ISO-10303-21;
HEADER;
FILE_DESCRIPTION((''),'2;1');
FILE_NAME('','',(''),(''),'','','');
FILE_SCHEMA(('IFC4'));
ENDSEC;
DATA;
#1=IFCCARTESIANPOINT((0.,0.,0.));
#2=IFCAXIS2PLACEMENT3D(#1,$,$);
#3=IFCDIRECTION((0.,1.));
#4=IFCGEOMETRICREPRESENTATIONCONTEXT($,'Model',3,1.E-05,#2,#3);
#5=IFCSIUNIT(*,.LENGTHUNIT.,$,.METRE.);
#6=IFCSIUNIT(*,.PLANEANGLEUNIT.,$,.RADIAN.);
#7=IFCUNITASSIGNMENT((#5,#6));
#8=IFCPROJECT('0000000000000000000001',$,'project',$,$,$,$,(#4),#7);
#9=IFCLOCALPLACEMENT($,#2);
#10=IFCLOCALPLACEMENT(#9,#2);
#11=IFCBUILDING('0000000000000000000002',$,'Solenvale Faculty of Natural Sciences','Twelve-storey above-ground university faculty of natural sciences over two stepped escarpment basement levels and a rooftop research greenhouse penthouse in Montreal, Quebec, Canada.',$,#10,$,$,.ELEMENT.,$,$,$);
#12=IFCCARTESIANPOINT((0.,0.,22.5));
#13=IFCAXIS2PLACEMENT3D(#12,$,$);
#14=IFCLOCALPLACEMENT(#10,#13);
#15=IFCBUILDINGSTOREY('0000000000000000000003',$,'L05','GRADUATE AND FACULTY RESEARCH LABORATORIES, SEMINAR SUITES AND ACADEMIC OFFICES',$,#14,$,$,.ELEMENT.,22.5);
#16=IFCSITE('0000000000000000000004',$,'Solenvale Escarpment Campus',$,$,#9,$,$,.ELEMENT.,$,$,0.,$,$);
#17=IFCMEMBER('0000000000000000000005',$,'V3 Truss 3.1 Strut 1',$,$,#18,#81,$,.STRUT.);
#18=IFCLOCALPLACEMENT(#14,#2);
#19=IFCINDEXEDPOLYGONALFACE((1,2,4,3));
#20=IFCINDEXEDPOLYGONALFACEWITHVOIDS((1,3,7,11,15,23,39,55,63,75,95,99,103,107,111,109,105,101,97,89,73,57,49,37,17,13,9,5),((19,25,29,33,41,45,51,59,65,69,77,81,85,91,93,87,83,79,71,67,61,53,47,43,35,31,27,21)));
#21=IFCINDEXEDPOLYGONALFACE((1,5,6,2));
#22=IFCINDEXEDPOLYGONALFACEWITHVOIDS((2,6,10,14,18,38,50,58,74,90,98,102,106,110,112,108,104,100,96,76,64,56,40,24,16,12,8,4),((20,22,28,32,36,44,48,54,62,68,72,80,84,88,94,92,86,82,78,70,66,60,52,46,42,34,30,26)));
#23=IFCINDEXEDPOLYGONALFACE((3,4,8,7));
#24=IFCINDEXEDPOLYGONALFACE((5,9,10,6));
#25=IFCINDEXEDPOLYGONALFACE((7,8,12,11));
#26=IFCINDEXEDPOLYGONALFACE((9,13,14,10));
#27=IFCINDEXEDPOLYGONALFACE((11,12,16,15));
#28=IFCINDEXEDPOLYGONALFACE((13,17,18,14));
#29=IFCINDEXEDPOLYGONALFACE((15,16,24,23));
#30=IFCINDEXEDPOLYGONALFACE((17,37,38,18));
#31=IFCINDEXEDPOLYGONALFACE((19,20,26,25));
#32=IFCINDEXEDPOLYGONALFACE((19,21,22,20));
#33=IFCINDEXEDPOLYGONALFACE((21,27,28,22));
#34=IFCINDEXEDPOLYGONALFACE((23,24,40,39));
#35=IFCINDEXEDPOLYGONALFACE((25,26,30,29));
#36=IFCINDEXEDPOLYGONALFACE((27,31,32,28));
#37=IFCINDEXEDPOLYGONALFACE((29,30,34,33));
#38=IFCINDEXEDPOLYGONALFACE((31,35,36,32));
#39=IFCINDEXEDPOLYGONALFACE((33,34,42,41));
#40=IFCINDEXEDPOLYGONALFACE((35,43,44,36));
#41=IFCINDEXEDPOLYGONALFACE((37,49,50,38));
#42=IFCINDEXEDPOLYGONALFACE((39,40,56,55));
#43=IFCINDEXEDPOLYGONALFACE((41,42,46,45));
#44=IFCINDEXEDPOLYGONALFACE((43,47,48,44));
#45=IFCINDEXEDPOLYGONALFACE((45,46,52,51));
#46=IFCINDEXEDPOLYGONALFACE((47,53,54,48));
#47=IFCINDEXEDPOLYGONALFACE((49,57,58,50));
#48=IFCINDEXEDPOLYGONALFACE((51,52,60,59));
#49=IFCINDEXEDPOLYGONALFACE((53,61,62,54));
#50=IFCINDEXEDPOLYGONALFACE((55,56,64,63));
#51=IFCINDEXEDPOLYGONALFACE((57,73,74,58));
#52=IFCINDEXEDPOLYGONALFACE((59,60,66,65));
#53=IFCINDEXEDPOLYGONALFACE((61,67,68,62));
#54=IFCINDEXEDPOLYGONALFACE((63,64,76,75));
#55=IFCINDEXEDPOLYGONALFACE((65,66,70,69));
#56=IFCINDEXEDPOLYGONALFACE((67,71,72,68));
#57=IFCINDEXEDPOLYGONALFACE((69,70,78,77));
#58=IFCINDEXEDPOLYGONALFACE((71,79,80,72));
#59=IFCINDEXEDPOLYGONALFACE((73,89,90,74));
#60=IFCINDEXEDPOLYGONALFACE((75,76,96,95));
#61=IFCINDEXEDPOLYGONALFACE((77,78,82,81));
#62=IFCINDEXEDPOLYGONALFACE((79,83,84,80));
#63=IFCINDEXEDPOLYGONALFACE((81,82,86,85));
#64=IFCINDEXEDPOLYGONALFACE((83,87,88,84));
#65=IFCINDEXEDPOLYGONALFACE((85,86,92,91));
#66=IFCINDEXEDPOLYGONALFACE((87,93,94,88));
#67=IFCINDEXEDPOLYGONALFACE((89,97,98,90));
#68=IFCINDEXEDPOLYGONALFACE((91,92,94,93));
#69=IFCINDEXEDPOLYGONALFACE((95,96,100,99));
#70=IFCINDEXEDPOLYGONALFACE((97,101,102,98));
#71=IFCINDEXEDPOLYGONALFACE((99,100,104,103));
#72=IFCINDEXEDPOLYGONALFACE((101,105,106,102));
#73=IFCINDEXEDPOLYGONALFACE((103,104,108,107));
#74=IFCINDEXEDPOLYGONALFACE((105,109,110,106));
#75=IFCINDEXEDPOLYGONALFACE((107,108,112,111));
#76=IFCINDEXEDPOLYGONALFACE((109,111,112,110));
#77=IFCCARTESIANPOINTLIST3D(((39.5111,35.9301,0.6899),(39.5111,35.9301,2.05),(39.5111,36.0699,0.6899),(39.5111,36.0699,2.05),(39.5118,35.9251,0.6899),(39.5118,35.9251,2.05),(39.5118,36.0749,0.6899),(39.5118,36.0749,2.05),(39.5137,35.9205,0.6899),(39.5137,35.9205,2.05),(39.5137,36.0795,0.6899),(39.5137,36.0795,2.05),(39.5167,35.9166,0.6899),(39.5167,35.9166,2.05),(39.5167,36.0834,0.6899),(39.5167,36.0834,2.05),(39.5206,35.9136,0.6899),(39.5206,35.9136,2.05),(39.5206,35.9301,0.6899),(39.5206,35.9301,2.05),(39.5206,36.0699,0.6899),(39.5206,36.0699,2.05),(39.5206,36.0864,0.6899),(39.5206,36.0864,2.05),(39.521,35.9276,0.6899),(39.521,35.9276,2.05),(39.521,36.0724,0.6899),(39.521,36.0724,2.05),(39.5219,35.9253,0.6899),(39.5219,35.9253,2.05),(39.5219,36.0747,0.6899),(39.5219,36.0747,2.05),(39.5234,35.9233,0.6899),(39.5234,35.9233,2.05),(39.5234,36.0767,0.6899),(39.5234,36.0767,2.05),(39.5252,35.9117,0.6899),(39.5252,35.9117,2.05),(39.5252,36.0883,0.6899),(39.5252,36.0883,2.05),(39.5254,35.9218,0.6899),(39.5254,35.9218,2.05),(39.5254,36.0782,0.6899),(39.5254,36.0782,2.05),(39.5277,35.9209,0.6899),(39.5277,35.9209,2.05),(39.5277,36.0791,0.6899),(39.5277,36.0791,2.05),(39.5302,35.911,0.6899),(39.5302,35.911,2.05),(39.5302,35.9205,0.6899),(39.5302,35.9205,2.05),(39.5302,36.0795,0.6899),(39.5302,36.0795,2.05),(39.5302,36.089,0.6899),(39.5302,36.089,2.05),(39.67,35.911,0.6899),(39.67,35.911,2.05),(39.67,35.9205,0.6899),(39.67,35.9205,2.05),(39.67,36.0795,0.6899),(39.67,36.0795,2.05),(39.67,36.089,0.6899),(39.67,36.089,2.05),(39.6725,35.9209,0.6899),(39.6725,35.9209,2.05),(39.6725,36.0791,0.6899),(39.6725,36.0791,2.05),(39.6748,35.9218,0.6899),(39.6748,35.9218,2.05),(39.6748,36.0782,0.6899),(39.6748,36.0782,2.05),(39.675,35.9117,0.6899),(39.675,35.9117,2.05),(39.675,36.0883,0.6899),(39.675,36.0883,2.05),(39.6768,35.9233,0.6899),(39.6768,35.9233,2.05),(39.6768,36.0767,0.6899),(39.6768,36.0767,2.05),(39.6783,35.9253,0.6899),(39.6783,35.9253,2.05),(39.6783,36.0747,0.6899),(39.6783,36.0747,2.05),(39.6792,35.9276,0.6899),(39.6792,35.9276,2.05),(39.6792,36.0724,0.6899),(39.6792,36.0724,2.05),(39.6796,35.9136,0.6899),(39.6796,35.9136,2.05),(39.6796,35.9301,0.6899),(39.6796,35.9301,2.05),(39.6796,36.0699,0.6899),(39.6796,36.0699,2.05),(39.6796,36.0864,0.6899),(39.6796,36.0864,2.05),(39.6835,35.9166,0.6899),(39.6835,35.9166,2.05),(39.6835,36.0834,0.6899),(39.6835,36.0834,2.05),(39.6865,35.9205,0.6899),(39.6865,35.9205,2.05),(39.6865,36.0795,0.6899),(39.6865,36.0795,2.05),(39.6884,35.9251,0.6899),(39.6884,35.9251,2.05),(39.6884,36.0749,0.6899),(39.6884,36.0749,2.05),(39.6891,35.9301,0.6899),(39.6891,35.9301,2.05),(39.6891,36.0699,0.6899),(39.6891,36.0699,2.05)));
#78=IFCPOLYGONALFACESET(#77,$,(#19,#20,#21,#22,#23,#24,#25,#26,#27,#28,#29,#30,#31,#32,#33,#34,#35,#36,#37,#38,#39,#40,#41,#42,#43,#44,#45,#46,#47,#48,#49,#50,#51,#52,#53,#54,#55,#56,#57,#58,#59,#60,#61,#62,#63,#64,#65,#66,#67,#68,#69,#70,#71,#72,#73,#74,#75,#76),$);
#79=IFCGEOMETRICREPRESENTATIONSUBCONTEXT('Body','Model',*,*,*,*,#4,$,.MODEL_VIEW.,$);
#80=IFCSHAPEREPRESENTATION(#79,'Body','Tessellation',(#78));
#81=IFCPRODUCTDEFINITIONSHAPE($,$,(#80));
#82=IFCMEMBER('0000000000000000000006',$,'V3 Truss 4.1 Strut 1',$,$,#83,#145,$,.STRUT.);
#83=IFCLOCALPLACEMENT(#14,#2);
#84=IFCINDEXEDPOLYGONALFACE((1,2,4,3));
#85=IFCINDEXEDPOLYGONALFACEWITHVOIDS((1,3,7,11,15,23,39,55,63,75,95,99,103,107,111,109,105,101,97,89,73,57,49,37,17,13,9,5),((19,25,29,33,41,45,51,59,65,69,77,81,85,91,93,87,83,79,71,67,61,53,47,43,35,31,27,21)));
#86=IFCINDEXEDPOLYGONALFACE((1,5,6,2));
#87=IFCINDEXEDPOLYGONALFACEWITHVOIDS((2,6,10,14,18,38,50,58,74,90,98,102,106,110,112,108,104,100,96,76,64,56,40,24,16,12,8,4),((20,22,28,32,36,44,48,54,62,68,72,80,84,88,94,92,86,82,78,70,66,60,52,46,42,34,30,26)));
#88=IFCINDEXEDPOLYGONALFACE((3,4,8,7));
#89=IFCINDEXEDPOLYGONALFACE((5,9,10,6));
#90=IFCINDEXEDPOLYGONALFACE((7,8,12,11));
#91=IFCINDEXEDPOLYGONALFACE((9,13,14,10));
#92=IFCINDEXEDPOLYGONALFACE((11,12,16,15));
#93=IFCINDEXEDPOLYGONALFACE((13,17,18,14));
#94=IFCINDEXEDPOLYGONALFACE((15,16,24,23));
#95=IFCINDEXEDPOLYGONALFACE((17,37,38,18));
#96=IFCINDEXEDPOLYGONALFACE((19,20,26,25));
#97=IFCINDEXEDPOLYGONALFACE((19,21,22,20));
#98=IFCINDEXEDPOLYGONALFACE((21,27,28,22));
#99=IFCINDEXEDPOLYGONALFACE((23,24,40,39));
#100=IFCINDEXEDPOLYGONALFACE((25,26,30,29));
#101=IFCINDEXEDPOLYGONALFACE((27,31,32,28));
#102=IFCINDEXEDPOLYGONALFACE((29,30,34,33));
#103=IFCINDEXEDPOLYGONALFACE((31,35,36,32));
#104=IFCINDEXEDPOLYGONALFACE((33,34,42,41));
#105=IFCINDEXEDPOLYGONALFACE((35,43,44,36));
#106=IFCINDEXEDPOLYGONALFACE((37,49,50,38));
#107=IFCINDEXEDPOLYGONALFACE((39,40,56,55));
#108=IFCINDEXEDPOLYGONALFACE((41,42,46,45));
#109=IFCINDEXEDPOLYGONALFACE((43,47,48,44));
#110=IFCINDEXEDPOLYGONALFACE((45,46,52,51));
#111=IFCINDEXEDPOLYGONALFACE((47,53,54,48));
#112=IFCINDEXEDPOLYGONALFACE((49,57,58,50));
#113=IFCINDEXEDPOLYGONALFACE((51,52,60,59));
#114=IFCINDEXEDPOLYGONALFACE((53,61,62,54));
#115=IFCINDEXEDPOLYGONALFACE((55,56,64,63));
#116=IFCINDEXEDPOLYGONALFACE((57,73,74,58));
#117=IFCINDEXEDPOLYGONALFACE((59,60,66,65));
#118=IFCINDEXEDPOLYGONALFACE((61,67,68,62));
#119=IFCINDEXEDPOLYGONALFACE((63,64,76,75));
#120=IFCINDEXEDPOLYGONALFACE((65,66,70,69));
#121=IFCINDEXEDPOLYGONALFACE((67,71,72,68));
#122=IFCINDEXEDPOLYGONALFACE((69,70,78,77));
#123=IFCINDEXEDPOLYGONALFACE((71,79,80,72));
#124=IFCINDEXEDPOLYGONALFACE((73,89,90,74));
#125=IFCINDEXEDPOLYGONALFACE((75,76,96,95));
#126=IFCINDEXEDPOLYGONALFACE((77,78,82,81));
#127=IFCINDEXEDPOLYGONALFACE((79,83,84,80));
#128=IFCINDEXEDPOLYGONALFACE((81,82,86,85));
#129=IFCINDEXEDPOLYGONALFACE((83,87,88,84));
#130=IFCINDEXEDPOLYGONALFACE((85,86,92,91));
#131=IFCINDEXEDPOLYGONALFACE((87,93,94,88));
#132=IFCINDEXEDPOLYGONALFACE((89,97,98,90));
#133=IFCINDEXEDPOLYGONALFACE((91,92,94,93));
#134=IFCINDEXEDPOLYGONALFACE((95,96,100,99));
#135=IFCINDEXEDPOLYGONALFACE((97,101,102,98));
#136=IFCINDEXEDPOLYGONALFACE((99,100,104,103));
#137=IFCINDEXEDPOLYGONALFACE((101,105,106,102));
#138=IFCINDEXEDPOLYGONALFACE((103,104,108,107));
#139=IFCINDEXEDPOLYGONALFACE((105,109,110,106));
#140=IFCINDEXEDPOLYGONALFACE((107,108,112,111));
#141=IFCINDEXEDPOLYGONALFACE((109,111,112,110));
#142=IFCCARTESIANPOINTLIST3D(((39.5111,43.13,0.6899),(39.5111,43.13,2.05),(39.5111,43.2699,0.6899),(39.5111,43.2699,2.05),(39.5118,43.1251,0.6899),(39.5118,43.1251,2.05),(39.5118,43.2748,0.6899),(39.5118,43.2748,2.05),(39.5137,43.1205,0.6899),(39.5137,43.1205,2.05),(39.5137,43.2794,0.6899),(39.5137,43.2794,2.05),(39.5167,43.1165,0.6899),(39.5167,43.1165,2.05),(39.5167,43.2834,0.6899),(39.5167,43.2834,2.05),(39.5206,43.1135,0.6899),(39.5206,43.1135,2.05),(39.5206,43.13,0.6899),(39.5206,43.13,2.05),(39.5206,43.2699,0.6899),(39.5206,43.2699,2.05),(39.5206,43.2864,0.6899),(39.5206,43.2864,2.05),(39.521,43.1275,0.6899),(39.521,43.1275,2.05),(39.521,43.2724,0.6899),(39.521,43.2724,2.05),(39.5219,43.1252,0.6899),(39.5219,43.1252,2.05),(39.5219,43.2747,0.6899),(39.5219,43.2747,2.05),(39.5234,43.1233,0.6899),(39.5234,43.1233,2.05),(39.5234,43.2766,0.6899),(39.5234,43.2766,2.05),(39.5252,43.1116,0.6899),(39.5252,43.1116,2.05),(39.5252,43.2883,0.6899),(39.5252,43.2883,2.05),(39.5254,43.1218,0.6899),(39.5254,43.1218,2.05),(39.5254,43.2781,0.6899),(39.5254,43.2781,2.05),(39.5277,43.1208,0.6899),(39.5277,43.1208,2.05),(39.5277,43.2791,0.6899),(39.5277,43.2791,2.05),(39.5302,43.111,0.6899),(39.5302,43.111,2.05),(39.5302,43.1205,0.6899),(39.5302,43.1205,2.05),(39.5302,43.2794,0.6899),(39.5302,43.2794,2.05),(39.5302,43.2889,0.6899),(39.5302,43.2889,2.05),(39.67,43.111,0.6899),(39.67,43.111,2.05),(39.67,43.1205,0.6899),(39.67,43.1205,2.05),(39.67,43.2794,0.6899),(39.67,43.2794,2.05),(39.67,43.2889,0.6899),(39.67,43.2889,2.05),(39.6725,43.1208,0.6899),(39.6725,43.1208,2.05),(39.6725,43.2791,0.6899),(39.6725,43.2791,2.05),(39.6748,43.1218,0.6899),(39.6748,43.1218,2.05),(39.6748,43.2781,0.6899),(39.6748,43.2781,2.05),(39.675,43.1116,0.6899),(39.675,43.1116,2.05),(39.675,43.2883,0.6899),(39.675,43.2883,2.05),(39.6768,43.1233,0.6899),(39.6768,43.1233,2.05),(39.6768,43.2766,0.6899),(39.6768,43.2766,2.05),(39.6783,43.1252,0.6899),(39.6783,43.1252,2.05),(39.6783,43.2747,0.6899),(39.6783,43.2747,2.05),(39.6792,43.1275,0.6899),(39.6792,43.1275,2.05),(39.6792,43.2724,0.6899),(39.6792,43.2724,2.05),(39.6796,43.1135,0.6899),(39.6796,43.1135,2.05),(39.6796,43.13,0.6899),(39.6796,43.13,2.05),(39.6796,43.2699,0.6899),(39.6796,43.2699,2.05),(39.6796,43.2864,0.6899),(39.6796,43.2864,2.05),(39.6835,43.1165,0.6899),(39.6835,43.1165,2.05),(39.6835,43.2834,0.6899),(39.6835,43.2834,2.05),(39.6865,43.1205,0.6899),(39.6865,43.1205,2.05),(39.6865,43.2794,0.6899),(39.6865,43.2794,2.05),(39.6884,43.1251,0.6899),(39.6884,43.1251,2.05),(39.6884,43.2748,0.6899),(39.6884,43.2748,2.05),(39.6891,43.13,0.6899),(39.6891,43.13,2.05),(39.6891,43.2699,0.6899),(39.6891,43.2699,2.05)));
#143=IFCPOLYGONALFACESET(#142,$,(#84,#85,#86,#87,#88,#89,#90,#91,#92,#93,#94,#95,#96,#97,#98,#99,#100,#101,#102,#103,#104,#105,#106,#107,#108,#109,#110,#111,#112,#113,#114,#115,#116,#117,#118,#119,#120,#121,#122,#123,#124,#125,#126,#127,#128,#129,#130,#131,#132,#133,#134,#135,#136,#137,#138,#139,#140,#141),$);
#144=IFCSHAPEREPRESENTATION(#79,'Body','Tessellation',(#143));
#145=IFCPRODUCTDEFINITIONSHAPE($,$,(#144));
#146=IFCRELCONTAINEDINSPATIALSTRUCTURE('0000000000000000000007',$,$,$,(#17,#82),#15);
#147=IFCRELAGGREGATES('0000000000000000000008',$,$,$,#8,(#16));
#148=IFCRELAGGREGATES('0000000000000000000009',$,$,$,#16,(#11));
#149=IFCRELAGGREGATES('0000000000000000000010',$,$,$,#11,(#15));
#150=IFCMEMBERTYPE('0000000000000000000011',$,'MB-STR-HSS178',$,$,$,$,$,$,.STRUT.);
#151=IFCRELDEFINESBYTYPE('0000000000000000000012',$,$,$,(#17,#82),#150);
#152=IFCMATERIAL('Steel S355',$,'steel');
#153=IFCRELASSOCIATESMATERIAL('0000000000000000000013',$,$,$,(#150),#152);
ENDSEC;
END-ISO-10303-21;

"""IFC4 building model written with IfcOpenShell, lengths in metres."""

from ifc_helpers import new_model, si_unit, direction, frame, origin, origin_2d, place, context, subcontext, project, spatial, hollow_rectangle, extrude, material, material_profile, profile_set, type_object, element, save


model = new_model("IFC4")

# Units and contexts
model_context = context("Model", 3, precision=1e-05, world=origin(), true_north=direction((0.0, 1.0)))
body_context = subcontext(model_context, "Body", "Model", "MODEL_VIEW")
ifc_project = project(units=[si_unit("LENGTHUNIT", "METRE"), si_unit("PLANEANGLEUNIT", "RADIAN")], contexts=[model_context])

# Site, building, storey
site_placement = place(None, origin())
site = spatial("IfcSite", under=ifc_project, at=site_placement, Name="Solenvale Escarpment Campus", CompositionType="ELEMENT", RefElevation=0.0)
building_placement = place(site_placement, origin())
building = spatial("IfcBuilding", under=site, at=building_placement, Name="Solenvale Faculty of Natural Sciences", Description="Twelve-storey above-ground university faculty of natural sciences over two stepped escarpment basement levels and a rooftop research greenhouse penthouse in Montreal, Quebec, Canada.", CompositionType="ELEMENT")
storey_placement = place(building_placement, frame((0.0, 0.0, 22.5)))
storey = spatial("IfcBuildingStorey", under=building, at=storey_placement, Name="L05", Description="GRADUATE AND FACULTY RESEARCH LABORATORIES, SEMINAR SUITES AND ACADEMIC OFFICES", CompositionType="ELEMENT", Elevation=22.5)

# Shared definitions
ifc_material_1 = material(Name="Steel S355", Category="steel")

# Members
ifc_material_profile_1 = material_profile(ifc_material_1, hollow_rectangle(XDim=0.178, YDim=0.178, WallThickness=0.0095, InnerFilletRadius=0.0095, OuterFilletRadius=0.019, at=origin_2d()), Name="HSS178x178x9.5")
ifc_profile_set_1 = profile_set([ifc_material_profile_1], Name="Steel S355")
member_type_1 = type_object("IfcMemberType", Name="MB-STR-HSS178", PredefinedType="STRUT", material=ifc_profile_set_1)
for number, where, z_axis, x_axis, name in (
    (1, (39.6001, 36.0, 0.6899), (0.0, 0.0, 1.0), (1.0, 0.0, 0.0), "V3 Truss 3.1 Strut 1"),
    (2, (39.6001, 43.2, 0.6899), (0.0, 0.0, 1.0), (1.0, 0.0, 0.0), "V3 Truss 4.1 Strut 1"),
):
    element("IfcMember", number, at=place(storey_placement, frame(where, z_axis=z_axis, x_axis=x_axis)), inside=storey, type_object=member_type_1, Name=name, PredefinedType="STRUT", context=body_context, shape_type="SweptSolid", body=[
        extrude(hollow_rectangle(XDim=0.178, YDim=0.178, WallThickness=0.0095, InnerFilletRadius=0.0095, OuterFilletRadius=0.019, at=origin_2d()), origin(), (0.0, 0.0, 1.0), 1.3601),
    ])

save(model, "model.ifc")
